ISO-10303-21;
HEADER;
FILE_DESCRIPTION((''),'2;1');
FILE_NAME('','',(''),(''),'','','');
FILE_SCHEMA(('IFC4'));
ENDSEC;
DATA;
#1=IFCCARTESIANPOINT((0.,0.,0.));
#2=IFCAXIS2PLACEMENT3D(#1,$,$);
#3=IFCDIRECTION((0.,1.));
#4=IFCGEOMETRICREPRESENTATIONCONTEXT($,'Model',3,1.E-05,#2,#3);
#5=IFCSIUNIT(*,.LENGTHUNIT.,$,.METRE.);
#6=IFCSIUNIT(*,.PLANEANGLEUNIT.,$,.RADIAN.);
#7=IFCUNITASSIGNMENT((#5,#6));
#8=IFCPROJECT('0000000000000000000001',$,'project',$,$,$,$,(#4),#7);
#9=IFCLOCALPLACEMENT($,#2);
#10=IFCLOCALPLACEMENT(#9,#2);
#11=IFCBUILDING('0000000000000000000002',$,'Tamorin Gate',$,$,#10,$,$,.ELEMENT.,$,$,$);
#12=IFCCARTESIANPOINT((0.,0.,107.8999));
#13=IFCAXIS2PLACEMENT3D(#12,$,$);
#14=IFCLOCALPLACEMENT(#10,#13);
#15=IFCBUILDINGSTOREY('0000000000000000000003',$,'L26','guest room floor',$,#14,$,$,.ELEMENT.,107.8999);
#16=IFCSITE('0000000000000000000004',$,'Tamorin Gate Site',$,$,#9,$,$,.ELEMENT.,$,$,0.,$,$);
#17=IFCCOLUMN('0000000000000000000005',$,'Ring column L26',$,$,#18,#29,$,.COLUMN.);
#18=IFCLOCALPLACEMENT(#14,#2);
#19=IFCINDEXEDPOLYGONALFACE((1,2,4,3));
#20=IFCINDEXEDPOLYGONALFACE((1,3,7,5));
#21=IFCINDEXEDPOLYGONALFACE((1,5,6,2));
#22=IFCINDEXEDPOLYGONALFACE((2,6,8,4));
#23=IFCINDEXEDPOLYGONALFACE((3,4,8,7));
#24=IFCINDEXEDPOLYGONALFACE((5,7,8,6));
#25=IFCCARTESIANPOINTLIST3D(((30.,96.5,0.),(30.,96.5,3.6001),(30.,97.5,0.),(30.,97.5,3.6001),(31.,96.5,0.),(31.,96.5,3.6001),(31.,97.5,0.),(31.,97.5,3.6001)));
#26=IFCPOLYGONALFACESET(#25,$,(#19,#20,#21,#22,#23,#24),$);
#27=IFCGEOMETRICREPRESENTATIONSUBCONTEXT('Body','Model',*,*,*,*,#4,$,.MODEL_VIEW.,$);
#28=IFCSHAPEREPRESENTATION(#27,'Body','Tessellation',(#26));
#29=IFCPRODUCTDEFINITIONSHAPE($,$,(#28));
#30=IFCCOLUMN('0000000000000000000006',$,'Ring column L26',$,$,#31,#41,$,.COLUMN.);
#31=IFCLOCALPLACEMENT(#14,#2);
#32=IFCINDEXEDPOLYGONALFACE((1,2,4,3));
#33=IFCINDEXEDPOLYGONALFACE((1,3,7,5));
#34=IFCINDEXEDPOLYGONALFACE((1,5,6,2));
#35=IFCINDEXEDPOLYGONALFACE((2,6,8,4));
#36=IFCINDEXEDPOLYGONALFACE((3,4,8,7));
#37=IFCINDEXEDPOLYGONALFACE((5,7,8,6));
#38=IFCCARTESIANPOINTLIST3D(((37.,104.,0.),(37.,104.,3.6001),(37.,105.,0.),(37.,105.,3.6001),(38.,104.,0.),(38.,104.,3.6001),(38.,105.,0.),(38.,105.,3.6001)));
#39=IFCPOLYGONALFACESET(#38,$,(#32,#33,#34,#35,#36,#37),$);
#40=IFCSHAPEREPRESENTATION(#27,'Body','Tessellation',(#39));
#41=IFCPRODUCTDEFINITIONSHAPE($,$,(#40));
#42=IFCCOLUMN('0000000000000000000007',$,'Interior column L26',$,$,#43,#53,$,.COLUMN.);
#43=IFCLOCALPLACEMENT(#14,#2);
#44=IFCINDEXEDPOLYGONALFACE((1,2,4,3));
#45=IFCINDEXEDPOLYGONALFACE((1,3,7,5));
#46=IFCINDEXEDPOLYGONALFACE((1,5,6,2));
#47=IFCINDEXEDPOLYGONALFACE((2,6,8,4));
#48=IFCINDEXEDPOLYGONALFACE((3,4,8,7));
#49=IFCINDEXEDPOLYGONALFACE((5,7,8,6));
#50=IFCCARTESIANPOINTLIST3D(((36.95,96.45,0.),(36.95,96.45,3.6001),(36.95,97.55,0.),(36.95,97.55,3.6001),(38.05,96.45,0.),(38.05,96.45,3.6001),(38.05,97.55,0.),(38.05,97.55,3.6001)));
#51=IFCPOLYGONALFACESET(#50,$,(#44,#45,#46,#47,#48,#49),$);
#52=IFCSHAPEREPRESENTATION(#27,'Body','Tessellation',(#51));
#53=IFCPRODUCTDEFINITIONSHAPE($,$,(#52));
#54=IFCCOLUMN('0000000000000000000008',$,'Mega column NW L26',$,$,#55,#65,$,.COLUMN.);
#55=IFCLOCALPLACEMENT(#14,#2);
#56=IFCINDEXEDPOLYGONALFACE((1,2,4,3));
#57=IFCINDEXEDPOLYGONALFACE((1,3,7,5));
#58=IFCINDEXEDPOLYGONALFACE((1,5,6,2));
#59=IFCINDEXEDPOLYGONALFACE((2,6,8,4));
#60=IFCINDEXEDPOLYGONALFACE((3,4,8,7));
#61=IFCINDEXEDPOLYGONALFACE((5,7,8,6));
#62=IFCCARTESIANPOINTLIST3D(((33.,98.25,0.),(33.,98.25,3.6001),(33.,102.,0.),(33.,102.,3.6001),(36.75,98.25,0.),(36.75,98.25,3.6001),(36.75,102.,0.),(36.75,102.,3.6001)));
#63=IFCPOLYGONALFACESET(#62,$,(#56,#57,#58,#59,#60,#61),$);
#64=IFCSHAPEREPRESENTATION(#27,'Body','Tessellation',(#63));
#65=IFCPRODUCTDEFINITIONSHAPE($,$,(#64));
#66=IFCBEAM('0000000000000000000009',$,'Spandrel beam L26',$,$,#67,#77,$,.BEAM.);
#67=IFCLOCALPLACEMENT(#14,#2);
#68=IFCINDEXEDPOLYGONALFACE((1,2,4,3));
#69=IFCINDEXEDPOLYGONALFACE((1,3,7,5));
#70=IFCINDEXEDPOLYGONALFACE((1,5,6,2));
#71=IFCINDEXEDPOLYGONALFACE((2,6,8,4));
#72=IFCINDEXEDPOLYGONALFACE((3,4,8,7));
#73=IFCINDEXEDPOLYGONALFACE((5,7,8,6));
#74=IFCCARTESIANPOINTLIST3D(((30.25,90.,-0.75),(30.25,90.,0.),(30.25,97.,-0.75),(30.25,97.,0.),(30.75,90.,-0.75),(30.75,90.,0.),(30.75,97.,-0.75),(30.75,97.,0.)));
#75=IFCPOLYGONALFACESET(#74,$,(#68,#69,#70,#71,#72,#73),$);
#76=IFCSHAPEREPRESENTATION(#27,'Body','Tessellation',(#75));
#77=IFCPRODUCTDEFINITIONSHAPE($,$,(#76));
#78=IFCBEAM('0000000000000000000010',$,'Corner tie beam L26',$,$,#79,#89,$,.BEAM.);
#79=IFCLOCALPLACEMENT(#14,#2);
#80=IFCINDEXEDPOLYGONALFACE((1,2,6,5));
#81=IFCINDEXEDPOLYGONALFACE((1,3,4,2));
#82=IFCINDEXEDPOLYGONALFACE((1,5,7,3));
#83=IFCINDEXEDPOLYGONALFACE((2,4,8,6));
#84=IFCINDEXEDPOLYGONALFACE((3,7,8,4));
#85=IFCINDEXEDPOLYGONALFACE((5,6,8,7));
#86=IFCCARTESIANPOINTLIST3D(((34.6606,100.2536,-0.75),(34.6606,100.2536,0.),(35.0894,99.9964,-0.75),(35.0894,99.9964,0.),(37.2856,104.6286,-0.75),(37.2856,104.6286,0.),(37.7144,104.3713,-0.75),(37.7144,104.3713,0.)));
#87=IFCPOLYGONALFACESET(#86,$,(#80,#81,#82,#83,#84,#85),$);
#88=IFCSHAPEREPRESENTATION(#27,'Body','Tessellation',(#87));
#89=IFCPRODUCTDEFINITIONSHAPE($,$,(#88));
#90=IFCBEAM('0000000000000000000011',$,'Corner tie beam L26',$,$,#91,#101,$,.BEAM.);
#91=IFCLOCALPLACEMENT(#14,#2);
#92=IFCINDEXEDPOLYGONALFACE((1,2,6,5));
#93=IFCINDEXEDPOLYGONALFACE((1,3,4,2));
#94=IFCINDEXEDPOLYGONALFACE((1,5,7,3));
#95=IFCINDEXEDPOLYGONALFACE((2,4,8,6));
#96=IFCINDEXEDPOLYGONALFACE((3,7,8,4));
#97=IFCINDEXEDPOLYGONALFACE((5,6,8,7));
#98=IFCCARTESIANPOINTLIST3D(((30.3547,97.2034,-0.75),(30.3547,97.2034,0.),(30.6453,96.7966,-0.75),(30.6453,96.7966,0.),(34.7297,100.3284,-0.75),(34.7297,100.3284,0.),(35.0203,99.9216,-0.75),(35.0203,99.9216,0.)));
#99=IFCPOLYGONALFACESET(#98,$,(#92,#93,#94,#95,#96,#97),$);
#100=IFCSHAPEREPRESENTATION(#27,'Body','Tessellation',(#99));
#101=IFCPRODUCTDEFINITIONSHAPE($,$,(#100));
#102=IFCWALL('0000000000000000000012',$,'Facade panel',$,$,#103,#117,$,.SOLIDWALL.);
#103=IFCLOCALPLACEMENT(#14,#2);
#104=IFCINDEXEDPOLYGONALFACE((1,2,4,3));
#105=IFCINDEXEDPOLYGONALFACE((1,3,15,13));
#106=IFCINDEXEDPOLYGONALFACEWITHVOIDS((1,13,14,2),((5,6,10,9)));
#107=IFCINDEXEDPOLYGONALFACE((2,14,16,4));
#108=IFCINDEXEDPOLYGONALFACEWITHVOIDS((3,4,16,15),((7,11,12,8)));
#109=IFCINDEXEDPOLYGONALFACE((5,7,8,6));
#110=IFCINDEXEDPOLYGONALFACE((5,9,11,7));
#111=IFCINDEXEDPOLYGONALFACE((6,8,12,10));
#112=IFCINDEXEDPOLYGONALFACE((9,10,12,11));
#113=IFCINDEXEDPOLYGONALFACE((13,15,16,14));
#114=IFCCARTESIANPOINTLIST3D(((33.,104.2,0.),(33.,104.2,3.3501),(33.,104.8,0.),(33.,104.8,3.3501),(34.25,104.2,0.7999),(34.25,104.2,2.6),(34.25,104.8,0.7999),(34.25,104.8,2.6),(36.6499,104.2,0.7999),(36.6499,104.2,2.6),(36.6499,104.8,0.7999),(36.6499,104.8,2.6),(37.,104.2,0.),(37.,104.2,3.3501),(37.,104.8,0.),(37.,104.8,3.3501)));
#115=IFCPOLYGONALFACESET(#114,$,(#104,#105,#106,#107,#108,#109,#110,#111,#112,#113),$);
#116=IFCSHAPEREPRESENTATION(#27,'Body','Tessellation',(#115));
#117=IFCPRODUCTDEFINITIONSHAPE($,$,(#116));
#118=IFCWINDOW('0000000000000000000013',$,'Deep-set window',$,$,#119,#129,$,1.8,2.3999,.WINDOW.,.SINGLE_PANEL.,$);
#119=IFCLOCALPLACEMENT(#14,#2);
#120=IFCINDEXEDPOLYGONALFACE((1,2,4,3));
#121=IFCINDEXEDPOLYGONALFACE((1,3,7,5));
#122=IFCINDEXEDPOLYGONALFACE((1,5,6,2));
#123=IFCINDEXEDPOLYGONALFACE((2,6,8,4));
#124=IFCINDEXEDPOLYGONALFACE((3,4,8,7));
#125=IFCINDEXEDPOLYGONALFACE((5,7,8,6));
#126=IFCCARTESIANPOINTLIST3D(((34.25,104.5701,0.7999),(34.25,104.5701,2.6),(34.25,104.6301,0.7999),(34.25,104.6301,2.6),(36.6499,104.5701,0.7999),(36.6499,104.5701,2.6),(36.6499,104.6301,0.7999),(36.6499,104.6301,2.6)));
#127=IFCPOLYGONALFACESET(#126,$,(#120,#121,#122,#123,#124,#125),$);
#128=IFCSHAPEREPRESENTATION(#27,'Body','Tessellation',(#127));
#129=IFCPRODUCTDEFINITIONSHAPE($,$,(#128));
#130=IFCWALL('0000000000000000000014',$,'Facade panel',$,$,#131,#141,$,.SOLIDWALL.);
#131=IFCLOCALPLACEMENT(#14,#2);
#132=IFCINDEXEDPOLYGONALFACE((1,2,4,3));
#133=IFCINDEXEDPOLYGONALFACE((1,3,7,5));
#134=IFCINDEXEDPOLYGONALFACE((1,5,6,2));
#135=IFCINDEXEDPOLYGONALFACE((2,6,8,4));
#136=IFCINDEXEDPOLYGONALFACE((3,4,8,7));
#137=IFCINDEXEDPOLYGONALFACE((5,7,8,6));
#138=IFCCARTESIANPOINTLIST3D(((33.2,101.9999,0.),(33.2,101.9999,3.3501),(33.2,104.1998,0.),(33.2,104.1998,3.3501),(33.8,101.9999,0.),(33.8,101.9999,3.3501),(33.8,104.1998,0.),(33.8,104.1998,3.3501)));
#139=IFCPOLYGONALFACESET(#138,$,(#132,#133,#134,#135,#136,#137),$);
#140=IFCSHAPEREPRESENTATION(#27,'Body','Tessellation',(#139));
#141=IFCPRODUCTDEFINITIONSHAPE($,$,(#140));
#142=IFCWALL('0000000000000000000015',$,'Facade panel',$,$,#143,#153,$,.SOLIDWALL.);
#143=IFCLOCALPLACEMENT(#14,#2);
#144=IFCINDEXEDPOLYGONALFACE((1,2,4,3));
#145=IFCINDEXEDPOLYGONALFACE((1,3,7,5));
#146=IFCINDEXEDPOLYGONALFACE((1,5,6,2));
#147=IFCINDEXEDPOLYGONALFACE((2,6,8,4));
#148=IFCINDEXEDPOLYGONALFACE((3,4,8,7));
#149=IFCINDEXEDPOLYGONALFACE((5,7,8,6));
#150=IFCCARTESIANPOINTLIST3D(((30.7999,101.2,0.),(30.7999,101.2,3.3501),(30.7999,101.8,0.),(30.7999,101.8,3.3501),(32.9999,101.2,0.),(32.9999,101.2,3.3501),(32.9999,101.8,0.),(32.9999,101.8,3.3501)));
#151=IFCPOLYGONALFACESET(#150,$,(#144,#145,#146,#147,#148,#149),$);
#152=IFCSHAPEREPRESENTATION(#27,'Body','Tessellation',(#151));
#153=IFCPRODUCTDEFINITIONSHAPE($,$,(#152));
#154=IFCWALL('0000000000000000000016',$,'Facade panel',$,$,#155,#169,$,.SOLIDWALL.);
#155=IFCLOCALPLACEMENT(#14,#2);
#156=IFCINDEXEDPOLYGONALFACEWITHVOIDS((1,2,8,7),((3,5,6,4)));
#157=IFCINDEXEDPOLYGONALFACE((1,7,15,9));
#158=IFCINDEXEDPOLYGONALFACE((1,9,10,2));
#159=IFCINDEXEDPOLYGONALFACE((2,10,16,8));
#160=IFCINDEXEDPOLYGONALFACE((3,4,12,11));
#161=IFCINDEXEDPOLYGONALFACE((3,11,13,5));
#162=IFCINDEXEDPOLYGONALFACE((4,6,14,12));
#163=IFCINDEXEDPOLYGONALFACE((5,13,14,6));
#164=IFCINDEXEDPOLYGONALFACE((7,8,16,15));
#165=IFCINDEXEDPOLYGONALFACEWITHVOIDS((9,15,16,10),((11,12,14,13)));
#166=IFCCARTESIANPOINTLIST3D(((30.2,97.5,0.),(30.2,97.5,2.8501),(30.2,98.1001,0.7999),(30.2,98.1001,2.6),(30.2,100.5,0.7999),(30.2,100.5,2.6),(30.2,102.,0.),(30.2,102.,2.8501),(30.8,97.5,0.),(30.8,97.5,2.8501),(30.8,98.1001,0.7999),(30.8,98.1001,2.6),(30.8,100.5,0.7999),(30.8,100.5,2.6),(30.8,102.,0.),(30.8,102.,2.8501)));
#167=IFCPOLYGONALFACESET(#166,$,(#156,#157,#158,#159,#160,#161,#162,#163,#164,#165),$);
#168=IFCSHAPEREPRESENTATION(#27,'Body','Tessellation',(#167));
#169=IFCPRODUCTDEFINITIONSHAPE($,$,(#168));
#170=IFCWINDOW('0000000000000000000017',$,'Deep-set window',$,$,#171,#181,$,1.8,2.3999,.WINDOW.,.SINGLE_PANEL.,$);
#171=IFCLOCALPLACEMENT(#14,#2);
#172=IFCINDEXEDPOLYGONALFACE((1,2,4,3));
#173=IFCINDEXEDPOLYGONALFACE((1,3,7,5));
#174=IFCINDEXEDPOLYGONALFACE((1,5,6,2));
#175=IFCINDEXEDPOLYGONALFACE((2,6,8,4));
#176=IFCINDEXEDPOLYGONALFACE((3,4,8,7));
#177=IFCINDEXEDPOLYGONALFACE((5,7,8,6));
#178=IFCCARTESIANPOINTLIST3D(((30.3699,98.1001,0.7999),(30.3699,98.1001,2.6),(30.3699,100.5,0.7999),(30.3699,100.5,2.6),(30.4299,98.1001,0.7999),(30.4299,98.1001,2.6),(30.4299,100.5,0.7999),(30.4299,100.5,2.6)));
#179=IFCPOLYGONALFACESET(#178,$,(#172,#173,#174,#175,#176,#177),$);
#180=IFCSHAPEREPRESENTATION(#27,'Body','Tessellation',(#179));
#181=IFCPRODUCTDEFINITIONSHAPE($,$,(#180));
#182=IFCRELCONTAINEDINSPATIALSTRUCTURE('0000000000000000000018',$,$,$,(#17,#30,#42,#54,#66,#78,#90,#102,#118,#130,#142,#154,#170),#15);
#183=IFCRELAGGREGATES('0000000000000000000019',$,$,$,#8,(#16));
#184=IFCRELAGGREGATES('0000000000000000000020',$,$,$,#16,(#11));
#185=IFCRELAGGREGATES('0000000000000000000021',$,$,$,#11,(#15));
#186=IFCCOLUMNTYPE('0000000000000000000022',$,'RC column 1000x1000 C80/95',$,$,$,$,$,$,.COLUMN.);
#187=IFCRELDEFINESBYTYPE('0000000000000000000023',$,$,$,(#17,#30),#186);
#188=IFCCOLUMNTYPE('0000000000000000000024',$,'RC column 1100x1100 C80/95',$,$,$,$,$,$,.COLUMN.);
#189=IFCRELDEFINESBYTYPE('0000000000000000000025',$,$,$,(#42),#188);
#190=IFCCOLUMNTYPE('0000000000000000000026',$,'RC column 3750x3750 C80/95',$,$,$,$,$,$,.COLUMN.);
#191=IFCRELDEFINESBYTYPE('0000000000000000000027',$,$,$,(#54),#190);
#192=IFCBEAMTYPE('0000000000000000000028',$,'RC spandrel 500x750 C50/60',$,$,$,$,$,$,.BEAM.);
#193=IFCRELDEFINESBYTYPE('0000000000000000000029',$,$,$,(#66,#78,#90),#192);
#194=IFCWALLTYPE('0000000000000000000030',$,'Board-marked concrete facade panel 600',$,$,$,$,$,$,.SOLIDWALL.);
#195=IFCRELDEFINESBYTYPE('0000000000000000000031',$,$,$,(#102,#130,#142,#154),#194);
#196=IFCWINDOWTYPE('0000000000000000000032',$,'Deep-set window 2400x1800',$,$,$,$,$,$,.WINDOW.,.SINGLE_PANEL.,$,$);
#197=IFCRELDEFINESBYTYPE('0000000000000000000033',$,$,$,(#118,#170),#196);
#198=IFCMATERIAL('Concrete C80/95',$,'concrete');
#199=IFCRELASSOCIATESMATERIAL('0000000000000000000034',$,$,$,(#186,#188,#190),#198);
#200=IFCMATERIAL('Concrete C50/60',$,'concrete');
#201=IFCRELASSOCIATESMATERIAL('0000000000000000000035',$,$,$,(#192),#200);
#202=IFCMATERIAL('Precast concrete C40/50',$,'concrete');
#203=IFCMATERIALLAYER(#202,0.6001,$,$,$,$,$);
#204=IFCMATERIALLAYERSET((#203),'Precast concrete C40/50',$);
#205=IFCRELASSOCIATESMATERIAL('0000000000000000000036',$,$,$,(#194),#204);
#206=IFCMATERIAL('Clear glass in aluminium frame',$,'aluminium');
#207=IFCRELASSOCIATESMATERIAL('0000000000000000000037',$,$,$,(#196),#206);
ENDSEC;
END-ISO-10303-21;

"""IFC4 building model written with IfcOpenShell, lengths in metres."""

from ifc_helpers import new_model, si_unit, direction, frame, frame_2d, origin, origin_2d, place, context, subcontext, project, spatial, rectangle, extrude, material, layer, layer_set, material_profile, profile_set, type_object, element, fill, save


model = new_model("IFC4")

# Units and contexts
model_context = context("Model", 3, precision=1e-05, world=origin(), true_north=direction((0.0, 1.0)))
body_context = subcontext(model_context, "Body", "Model", "MODEL_VIEW")
ifc_project = project(units=[si_unit("LENGTHUNIT", "METRE"), si_unit("PLANEANGLEUNIT", "RADIAN")], contexts=[model_context])

# Site, building, storey
site_placement = place(None, origin())
site = spatial("IfcSite", under=ifc_project, at=site_placement, Name="Tamorin Gate Site", CompositionType="ELEMENT", RefElevation=0.0)
building_placement = place(site_placement, origin())
building = spatial("IfcBuilding", under=site, at=building_placement, Name="Tamorin Gate", CompositionType="ELEMENT")
storey_placement = place(building_placement, frame((0.0, 0.0, 107.8999)))
storey = spatial("IfcBuildingStorey", under=building, at=storey_placement, Name="L26", Description="guest room floor", CompositionType="ELEMENT", Elevation=107.8999)

# Columns
ifc_material_1 = material(Name="Concrete C80/95", Category="concrete")
ifc_material_profile_1 = material_profile(ifc_material_1, rectangle(XDim=1.0, YDim=1.0, at=origin_2d()), Name="RC 1000x1000")
ifc_profile_set_1 = profile_set([ifc_material_profile_1], Name="Concrete C80/95")
column_type_1 = type_object("IfcColumnType", Name="RC column 1000x1000 C80/95", PredefinedType="COLUMN", material=ifc_profile_set_1)
for number, where, z_axis, x_axis, name in (
    (1, (30.5, 97.0, 0.0), (0.0, 0.0, 1.0), (1.0, 0.0, 0.0), "Ring column L26"),
    (2, (37.5, 104.5, 0.0), (0.0, 0.0, 1.0), (1.0, 0.0, 0.0), "Ring column L26"),
):
    element("IfcColumn", number, at=place(storey_placement, frame(where, z_axis=z_axis, x_axis=x_axis)), inside=storey, type_object=column_type_1, Name=name, PredefinedType="COLUMN", context=body_context, shape_type="SweptSolid", body=[
        extrude(rectangle(XDim=1.0, YDim=1.0, at=origin_2d()), origin(), (0.0, 0.0, 1.0), 3.6001),
    ])
ifc_material_profile_2 = material_profile(ifc_material_1, rectangle(XDim=1.1001, YDim=1.1001, at=origin_2d()), Name="RC 1100x1100")
ifc_profile_set_2 = profile_set([ifc_material_profile_2], Name="Concrete C80/95")
column_type_2 = type_object("IfcColumnType", Name="RC column 1100x1100 C80/95", PredefinedType="COLUMN", material=ifc_profile_set_2)
column_1_placement = place(storey_placement, frame((37.5, 97.0, 0.0), z_axis=(0.0, 0.0, 1.0), x_axis=(1.0, 0.0, 0.0)))
element("IfcColumn", 3, at=column_1_placement, inside=storey, type_object=column_type_2, Name="Interior column L26", PredefinedType="COLUMN", context=body_context, shape_type="SweptSolid", body=[
    extrude(rectangle(XDim=1.1001, YDim=1.1001, at=origin_2d()), origin(), (0.0, 0.0, 1.0), 3.6001),
])
ifc_material_profile_3 = material_profile(ifc_material_1, rectangle(XDim=3.75, YDim=3.75, at=origin_2d()), Name="RC 3750x3750")
ifc_profile_set_3 = profile_set([ifc_material_profile_3], Name="Concrete C80/95")
column_type_3 = type_object("IfcColumnType", Name="RC column 3750x3750 C80/95", PredefinedType="COLUMN", material=ifc_profile_set_3)
column_2_placement = place(storey_placement, frame((34.875, 100.125, 0.0), z_axis=(0.0, 0.0, 1.0), x_axis=(1.0, 0.0, 0.0)))
element("IfcColumn", 4, at=column_2_placement, inside=storey, type_object=column_type_3, Name="Mega column NW L26", PredefinedType="COLUMN", context=body_context, shape_type="SweptSolid", body=[
    extrude(rectangle(XDim=3.75, YDim=3.75, at=origin_2d()), origin(), (0.0, 0.0, 1.0), 3.6001),
])

# Beams
ifc_material_2 = material(Name="Concrete C50/60", Category="concrete")
ifc_material_profile_4 = material_profile(ifc_material_2, rectangle(XDim=0.5, YDim=0.75, at=origin_2d()), Name="RC 500x750")
ifc_profile_set_4 = profile_set([ifc_material_profile_4], Name="Concrete C50/60")
beam_type = type_object("IfcBeamType", Name="RC spandrel 500x750 C50/60", PredefinedType="BEAM", material=ifc_profile_set_4)
beam_1_placement = place(storey_placement, frame((30.5, 97.0, -0.375), z_axis=(0.0, -1.0, 0.0), x_axis=(1.0, 0.0, 0.0)))
element("IfcBeam", 5, at=beam_1_placement, inside=storey, type_object=beam_type, Name="Spandrel beam L26", PredefinedType="BEAM", context=body_context, shape_type="SweptSolid", body=[
    extrude(rectangle(XDim=0.5, YDim=0.75, at=origin_2d()), origin(), (0.0, 0.0, 1.0), 7.0),
])
beam_2_placement = place(storey_placement, frame((34.875, 100.125, -0.375), z_axis=(0.514496, 0.857493, 0.0), x_axis=(-0.857493, 0.514496, 0.0)))
element("IfcBeam", 6, at=beam_2_placement, inside=storey, type_object=beam_type, Name="Corner tie beam L26", PredefinedType="BEAM", context=body_context, shape_type="SweptSolid", body=[
    extrude(rectangle(XDim=0.5, YDim=0.75, at=origin_2d()), origin(), (0.0, 0.0, 1.0), 5.1021),
])
beam_3_placement = place(storey_placement, frame((34.875, 100.125, -0.375), z_axis=(-0.813733, -0.581238, 0.0), x_axis=(0.581238, -0.813733, 0.0)))
element("IfcBeam", 7, at=beam_3_placement, inside=storey, type_object=beam_type, Name="Corner tie beam L26", PredefinedType="BEAM", context=body_context, shape_type="SweptSolid", body=[
    extrude(rectangle(XDim=0.5, YDim=0.75, at=origin_2d()), origin(), (0.0, 0.0, 1.0), 5.3765),
])

# Wall, opening, window
ifc_material_3 = material(Name="Precast concrete C40/50", Category="concrete")
ifc_layer = layer(ifc_material_3, 0.6001)
ifc_layer_set = layer_set([ifc_layer], Name="Precast concrete C40/50")
wall_type = type_object("IfcWallType", Name="Board-marked concrete facade panel 600", PredefinedType="SOLIDWALL", material=ifc_layer_set)
wall_1_placement = place(storey_placement, frame((37.0, 104.5, 0.0), z_axis=(0.0, 0.0, 1.0), x_axis=(-1.0, 0.0, 0.0)))
wall_1 = element("IfcWall", 8, at=wall_1_placement, inside=storey, type_object=wall_type, Name="Facade panel", PredefinedType="SOLIDWALL", context=body_context, shape_type="SweptSolid", body=[
    extrude(rectangle(XDim=4.0, YDim=0.6001, at=frame_2d((2.0, 0.0))), origin(), (0.0, 0.0, 1.0), 3.3501),
])
opening_1_placement = place(wall_1_placement, frame((0.3501, 0.0, 0.8)))
opening_1 = element("IfcOpeningElement", 9, at=opening_1_placement, cuts=wall_1, PredefinedType="OPENING", context=body_context, shape_type="SweptSolid", body=[
    extrude(rectangle(XDim=2.3999, YDim=1.8, at=frame_2d((1.2, 0.8999))), frame((0.0, 0.3101, 0.0), z_axis=(0.0, -1.0, 0.0), x_axis=(1.0, 0.0, 0.0)), (0.0, 0.0, 1.0), 0.6201),
])
ifc_material_4 = material(Name="Clear glass in aluminium frame", Category="aluminium")
window_type = type_object("IfcWindowType", Name="Deep-set window 2400x1800", PartitioningType="SINGLE_PANEL", PredefinedType="WINDOW", material=ifc_material_4)
window_1_placement = place(opening_1_placement, origin())
window_1 = element("IfcWindow", 10, at=window_1_placement, inside=storey, type_object=window_type, Name="Deep-set window", OverallHeight=1.8, OverallWidth=2.3999, PartitioningType="SINGLE_PANEL", PredefinedType="WINDOW", context=body_context, shape_type="SweptSolid", body=[
    extrude(rectangle(XDim=2.3999, YDim=1.8, at=frame_2d((1.2, 0.8999))), frame((0.0, -0.0701, 0.0), z_axis=(0.0, -1.0, 0.0), x_axis=(1.0, 0.0, 0.0)), (0.0, 0.0, 1.0), 0.0601),
])
fill(opening_1, window_1)

# Walls
for number, where, z_axis, x_axis, name in (
    (11, (33.5, 104.2, 0.0), (0.0, 0.0, 1.0), (0.0, -1.0, 0.0), "Facade panel"),
    (12, (33.0, 101.5, 0.0), (0.0, 0.0, 1.0), (-1.0, 0.0, 0.0), "Facade panel"),
):
    element("IfcWall", number, at=place(storey_placement, frame(where, z_axis=z_axis, x_axis=x_axis)), inside=storey, type_object=wall_type, Name=name, PredefinedType="SOLIDWALL", context=body_context, shape_type="SweptSolid", body=[
        extrude(rectangle(XDim=2.2, YDim=0.6001, at=frame_2d((1.1001, 0.0))), origin(), (0.0, 0.0, 1.0), 3.3501),
    ])

# Wall, opening, window
wall_2_placement = place(storey_placement, frame((30.5, 102.0, 0.0), z_axis=(0.0, 0.0, 1.0), x_axis=(0.0, -1.0, 0.0)))
wall_2 = element("IfcWall", 13, at=wall_2_placement, inside=storey, type_object=wall_type, Name="Facade panel", PredefinedType="SOLIDWALL", context=body_context, shape_type="SweptSolid", body=[
    extrude(rectangle(XDim=4.5, YDim=0.6001, at=frame_2d((2.25, 0.0))), origin(), (0.0, 0.0, 1.0), 2.8501),
])
opening_2_placement = place(wall_2_placement, frame((1.5, 0.0, 0.8)))
opening_2 = element("IfcOpeningElement", 14, at=opening_2_placement, cuts=wall_2, PredefinedType="OPENING", context=body_context, shape_type="SweptSolid", body=[
    extrude(rectangle(XDim=2.3999, YDim=1.8, at=frame_2d((1.2, 0.8999))), frame((0.0, 0.3101, 0.0), z_axis=(0.0, -1.0, 0.0), x_axis=(1.0, 0.0, 0.0)), (0.0, 0.0, 1.0), 0.6201),
])
window_2_placement = place(opening_2_placement, origin())
window_2 = element("IfcWindow", 15, at=window_2_placement, inside=storey, type_object=window_type, Name="Deep-set window", OverallHeight=1.8, OverallWidth=2.3999, PartitioningType="SINGLE_PANEL", PredefinedType="WINDOW", context=body_context, shape_type="SweptSolid", body=[
    extrude(rectangle(XDim=2.3999, YDim=1.8, at=frame_2d((1.2, 0.8999))), frame((0.0, -0.0701, 0.0), z_axis=(0.0, -1.0, 0.0), x_axis=(1.0, 0.0, 0.0)), (0.0, 0.0, 1.0), 0.0601),
])
fill(opening_2, window_2)

save(model, "model.ifc")
